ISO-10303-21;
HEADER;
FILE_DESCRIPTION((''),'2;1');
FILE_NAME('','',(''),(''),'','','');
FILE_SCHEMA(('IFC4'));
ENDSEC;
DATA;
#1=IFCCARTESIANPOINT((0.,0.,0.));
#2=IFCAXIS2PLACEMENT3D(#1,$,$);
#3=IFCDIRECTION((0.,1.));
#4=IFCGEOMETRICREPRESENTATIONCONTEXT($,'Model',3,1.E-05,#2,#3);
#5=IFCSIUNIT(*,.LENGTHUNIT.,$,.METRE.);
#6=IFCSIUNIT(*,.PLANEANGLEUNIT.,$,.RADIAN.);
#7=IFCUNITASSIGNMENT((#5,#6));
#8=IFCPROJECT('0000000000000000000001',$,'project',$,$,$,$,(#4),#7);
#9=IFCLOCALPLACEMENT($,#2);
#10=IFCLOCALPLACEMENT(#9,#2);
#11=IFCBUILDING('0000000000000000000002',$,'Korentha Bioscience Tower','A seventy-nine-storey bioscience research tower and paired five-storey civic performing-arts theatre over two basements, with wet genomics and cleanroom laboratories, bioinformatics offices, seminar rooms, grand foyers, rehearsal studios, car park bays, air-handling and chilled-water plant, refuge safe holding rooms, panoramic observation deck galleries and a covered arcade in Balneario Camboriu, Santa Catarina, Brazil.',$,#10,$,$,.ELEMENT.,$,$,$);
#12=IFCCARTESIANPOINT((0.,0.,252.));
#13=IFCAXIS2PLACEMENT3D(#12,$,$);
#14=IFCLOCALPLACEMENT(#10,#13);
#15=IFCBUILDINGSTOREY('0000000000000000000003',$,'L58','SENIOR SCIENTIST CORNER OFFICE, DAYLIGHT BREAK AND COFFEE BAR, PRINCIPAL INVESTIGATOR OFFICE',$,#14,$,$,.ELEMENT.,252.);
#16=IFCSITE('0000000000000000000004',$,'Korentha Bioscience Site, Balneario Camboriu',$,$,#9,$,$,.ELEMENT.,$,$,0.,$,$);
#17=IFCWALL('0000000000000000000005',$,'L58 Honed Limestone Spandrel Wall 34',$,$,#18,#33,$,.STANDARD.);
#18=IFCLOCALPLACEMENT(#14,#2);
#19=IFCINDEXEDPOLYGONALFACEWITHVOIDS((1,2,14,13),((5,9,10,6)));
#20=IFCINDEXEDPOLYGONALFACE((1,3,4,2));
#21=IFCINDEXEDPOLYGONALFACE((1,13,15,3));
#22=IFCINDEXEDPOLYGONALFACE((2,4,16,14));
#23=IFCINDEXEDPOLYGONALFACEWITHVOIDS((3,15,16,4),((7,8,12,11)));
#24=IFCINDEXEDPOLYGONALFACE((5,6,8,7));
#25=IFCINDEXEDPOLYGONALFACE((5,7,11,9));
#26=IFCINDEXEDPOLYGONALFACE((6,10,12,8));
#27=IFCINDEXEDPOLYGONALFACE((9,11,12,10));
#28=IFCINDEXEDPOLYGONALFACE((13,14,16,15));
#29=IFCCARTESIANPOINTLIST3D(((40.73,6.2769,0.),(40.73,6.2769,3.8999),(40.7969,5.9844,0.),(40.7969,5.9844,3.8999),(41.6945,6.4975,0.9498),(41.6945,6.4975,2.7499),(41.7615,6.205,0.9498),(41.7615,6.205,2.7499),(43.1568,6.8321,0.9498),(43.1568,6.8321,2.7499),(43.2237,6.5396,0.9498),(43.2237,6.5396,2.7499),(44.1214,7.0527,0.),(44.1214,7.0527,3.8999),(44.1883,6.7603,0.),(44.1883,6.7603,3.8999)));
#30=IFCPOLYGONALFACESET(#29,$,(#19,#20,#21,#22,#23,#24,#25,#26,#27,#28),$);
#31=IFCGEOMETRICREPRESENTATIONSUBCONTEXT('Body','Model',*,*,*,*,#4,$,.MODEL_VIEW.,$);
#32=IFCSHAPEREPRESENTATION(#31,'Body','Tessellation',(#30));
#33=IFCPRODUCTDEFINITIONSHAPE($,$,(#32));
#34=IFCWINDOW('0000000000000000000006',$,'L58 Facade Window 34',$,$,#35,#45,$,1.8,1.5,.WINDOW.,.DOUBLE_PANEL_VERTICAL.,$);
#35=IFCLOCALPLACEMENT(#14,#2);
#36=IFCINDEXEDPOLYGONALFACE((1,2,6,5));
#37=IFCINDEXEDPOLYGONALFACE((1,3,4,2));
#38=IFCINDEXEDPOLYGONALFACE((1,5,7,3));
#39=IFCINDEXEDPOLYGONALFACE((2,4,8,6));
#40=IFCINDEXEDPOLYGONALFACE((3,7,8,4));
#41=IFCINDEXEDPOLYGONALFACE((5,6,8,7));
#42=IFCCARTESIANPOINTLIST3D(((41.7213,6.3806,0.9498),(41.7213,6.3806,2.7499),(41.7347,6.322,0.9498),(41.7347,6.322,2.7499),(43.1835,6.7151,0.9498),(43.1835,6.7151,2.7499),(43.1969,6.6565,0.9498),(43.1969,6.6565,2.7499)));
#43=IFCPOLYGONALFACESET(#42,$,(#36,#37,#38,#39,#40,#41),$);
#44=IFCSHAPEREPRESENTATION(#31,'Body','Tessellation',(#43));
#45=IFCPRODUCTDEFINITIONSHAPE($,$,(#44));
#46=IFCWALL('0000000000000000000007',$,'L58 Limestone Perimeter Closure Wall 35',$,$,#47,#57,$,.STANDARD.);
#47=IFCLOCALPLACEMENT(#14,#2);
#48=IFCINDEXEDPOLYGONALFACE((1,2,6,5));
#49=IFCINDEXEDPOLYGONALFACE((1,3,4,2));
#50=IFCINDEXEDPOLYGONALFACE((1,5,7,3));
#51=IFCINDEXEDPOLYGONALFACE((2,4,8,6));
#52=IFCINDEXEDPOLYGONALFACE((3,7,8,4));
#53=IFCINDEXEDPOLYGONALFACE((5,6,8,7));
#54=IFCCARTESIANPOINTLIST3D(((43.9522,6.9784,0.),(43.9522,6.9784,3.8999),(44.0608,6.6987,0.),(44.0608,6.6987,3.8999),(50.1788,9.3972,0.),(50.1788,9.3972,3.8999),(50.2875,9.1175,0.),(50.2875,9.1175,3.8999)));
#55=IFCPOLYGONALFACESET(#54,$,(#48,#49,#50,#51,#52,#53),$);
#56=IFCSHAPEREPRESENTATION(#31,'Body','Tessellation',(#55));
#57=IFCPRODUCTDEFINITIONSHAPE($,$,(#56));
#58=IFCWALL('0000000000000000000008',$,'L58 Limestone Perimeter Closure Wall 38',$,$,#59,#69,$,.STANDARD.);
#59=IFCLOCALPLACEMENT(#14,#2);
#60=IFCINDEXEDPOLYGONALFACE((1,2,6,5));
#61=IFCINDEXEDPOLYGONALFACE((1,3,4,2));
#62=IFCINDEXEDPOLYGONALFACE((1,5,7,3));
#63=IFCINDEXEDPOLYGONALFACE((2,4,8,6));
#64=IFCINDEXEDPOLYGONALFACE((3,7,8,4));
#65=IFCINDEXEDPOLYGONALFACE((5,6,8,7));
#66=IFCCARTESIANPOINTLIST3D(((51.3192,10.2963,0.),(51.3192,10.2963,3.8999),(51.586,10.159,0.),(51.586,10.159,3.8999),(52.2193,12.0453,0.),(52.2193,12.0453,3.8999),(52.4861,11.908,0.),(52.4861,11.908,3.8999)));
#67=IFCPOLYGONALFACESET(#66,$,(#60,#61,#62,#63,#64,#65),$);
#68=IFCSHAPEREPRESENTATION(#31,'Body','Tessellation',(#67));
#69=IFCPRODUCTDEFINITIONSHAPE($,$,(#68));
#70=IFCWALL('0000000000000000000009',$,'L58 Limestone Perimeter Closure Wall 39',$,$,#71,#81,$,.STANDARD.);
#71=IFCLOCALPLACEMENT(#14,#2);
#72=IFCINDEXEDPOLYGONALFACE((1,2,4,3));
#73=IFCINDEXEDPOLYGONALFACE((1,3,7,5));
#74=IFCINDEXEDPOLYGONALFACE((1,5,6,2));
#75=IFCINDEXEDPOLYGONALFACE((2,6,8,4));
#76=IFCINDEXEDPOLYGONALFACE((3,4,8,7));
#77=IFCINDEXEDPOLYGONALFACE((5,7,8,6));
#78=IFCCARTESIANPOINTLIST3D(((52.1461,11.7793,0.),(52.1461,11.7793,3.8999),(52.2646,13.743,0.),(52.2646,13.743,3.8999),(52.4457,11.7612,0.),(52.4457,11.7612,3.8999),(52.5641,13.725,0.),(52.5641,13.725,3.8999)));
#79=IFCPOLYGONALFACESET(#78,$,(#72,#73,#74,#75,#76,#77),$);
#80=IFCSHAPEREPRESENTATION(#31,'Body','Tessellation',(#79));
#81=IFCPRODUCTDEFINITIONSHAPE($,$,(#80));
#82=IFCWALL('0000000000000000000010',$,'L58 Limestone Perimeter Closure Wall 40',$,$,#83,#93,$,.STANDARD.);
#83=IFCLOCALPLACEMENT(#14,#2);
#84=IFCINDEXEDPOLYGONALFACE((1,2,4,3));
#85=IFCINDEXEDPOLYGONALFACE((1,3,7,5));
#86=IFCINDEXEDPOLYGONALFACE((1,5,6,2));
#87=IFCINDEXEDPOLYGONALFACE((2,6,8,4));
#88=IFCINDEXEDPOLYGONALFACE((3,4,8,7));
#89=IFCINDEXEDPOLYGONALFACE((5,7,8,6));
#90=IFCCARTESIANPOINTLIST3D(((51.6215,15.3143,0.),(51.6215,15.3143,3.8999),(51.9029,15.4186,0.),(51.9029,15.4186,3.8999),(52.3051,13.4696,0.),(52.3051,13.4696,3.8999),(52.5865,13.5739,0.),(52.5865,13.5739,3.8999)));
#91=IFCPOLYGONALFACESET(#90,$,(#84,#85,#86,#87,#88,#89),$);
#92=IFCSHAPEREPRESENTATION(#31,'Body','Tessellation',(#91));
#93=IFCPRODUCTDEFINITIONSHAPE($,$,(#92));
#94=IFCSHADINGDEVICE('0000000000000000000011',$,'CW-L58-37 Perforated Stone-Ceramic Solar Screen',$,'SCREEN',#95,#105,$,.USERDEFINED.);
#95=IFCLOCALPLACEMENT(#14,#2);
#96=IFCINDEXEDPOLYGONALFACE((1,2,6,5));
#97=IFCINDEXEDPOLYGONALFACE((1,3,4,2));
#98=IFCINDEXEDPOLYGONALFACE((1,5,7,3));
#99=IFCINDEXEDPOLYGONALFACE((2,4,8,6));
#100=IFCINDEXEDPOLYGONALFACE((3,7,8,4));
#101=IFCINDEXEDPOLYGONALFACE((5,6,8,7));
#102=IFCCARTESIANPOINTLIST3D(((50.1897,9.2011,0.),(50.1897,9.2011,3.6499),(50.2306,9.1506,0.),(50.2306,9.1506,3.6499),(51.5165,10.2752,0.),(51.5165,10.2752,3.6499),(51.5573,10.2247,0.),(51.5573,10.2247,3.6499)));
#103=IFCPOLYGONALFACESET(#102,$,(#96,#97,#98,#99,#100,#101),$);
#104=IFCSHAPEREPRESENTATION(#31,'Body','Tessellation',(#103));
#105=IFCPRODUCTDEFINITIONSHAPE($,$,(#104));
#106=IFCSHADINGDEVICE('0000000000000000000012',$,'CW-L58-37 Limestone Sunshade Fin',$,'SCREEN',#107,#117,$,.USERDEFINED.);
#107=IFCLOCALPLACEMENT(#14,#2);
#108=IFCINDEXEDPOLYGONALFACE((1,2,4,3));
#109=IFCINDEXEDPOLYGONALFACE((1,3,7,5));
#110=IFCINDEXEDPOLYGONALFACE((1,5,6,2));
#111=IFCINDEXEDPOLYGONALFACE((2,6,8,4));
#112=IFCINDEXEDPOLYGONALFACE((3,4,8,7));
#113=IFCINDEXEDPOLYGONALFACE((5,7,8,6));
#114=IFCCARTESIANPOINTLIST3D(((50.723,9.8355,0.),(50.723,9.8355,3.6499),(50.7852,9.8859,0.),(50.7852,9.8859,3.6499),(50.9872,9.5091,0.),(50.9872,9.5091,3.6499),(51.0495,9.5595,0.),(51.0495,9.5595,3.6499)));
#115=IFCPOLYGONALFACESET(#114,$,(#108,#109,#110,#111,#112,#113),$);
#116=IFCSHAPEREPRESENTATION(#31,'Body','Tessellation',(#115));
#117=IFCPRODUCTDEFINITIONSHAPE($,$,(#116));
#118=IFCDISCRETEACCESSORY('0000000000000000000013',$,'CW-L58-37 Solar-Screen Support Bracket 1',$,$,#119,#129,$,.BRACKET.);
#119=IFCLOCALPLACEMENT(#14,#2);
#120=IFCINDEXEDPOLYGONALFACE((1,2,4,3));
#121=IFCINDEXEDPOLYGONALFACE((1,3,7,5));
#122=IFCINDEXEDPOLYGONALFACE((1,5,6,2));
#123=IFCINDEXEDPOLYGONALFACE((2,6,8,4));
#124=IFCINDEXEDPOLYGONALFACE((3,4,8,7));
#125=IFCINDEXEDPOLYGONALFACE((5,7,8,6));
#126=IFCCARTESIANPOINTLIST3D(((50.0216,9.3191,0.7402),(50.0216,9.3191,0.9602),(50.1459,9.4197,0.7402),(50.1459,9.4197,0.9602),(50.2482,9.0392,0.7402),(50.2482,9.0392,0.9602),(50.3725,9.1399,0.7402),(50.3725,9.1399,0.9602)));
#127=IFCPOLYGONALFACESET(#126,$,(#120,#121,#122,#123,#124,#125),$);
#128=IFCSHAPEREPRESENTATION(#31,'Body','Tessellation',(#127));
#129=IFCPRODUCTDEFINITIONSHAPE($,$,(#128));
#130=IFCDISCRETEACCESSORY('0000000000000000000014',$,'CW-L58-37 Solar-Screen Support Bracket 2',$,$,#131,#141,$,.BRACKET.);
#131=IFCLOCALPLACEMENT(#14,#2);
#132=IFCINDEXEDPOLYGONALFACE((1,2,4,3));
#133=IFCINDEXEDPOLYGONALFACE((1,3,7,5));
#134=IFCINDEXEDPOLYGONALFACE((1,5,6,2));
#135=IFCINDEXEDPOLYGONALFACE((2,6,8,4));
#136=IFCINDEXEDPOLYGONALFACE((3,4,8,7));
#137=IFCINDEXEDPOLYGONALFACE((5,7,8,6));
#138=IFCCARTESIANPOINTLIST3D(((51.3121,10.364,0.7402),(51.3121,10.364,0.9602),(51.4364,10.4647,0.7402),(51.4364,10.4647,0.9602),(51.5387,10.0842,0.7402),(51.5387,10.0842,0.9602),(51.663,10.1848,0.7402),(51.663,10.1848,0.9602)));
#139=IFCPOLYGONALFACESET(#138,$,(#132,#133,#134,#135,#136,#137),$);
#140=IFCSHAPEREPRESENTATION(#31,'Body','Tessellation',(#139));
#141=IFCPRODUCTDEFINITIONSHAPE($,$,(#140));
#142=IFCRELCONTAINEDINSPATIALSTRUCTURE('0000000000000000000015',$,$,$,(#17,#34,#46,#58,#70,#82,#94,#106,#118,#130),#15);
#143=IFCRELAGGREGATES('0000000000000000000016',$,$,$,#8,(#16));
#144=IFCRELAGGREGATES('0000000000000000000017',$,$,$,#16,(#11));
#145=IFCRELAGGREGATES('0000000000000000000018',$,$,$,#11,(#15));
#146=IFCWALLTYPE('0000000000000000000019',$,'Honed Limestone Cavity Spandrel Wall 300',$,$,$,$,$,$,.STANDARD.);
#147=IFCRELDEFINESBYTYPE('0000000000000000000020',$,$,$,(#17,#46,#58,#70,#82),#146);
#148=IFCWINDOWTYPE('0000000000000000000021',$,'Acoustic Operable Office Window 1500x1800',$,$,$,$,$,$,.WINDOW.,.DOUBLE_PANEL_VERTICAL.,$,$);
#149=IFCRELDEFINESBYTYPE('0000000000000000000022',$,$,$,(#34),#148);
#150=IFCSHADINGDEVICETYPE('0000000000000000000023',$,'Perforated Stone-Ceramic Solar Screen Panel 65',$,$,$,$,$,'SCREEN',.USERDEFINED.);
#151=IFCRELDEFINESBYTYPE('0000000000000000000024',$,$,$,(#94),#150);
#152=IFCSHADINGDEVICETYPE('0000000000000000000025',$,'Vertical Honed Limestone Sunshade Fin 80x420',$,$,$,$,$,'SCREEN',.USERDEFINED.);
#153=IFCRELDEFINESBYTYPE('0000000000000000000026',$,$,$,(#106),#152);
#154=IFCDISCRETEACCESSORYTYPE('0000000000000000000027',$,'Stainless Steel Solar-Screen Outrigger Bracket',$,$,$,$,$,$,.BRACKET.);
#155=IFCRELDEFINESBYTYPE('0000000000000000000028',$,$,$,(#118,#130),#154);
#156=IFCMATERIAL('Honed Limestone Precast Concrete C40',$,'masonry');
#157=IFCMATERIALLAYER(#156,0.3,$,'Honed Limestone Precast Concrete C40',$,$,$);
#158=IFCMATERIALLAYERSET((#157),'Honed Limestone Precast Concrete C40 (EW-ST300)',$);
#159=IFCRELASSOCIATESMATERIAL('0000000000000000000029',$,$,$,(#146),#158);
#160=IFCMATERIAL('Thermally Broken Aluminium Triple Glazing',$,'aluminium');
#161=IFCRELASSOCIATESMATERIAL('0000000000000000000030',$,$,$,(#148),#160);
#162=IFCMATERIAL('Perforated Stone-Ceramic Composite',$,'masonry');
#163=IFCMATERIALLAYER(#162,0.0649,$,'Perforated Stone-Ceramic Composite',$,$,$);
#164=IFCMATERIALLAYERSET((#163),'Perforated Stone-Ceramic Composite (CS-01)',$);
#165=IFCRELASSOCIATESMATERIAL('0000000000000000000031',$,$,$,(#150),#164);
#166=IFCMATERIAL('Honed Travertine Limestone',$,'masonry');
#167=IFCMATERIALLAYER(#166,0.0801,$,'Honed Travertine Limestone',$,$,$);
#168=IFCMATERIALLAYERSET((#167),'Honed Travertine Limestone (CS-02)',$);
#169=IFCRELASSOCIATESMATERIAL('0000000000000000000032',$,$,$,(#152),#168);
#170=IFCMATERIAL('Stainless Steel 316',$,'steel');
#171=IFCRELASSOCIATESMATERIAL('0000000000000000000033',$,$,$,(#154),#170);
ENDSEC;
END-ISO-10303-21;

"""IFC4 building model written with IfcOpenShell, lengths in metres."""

from ifc_helpers import new_model, si_unit, direction, frame, frame_2d, origin, origin_2d, place, context, subcontext, project, spatial, rectangle, extrude, material, layer, layer_set, type_object, element, fill, save


model = new_model("IFC4")

# Units and contexts
model_context = context("Model", 3, precision=1e-05, world=origin(), true_north=direction((0.0, 1.0)))
body_context = subcontext(model_context, "Body", "Model", "MODEL_VIEW")
ifc_project = project(units=[si_unit("LENGTHUNIT", "METRE"), si_unit("PLANEANGLEUNIT", "RADIAN")], contexts=[model_context])

# Site, building, storey
site_placement = place(None, origin())
site = spatial("IfcSite", under=ifc_project, at=site_placement, Name="Korentha Bioscience Site, Balneario Camboriu", CompositionType="ELEMENT", RefElevation=0.0)
building_placement = place(site_placement, origin())
building = spatial("IfcBuilding", under=site, at=building_placement, Name="Korentha Bioscience Tower", Description="A seventy-nine-storey bioscience research tower and paired five-storey civic performing-arts theatre over two basements, with wet genomics and cleanroom laboratories, bioinformatics offices, seminar rooms, grand foyers, rehearsal studios, car park bays, air-handling and chilled-water plant, refuge safe holding rooms, panoramic observation deck galleries and a covered arcade in Balneario Camboriu, Santa Catarina, Brazil.", CompositionType="ELEMENT")
storey_placement = place(building_placement, frame((0.0, 0.0, 252.0)))
storey = spatial("IfcBuildingStorey", under=building, at=storey_placement, Name="L58", Description="SENIOR SCIENTIST CORNER OFFICE, DAYLIGHT BREAK AND COFFEE BAR, PRINCIPAL INVESTIGATOR OFFICE", CompositionType="ELEMENT", Elevation=252.0)

# Wall, opening, window
ifc_material_1 = material(Name="Honed Limestone Precast Concrete C40", Category="masonry")
ifc_layer_1 = layer(ifc_material_1, 0.3, Name="Honed Limestone Precast Concrete C40")
ifc_layer_set_1 = layer_set([ifc_layer_1], Name="Honed Limestone Precast Concrete C40 (EW-ST300)")
wall_type_1 = type_object("IfcWallType", Name="Honed Limestone Cavity Spandrel Wall 300", PredefinedType="STANDARD", material=ifc_layer_set_1)
wall_1_placement = place(storey_placement, frame((40.7634, 6.1306, 0.0), z_axis=(0.0, 0.0, 1.0), x_axis=(0.974814, 0.223019, 0.0)))
wall_1 = element("IfcWall", 1, at=wall_1_placement, inside=storey, type_object=wall_type_1, Name="L58 Honed Limestone Spandrel Wall 34", PredefinedType="STANDARD", context=body_context, shape_type="SweptSolid", body=[
    extrude(rectangle(XDim=3.479, YDim=0.3, at=frame_2d((1.7395, 0.0))), origin(), (0.0, 0.0, 1.0), 3.8999),
])
opening_1_placement = place(wall_1_placement, frame((0.9895, 0.0, 0.95)))
opening_1 = element("IfcOpeningElement", 2, at=opening_1_placement, cuts=wall_1, PredefinedType="OPENING", context=body_context, shape_type="SweptSolid", body=[
    extrude(rectangle(XDim=1.5, YDim=1.8, at=frame_2d((0.75, 0.8999))), frame((0.0, 0.165, 0.0), z_axis=(0.0, -1.0, 0.0), x_axis=(1.0, 0.0, 0.0)), (0.0, 0.0, 1.0), 0.3298),
])
ifc_material_2 = material(Name="Thermally Broken Aluminium Triple Glazing", Category="aluminium")
window_type = type_object("IfcWindowType", Name="Acoustic Operable Office Window 1500x1800", PartitioningType="DOUBLE_PANEL_VERTICAL", PredefinedType="WINDOW", material=ifc_material_2)
window_placement = place(opening_1_placement, origin())
window = element("IfcWindow", 3, at=window_placement, inside=storey, type_object=window_type, Name="L58 Facade Window 34", OverallHeight=1.8, OverallWidth=1.5, PartitioningType="DOUBLE_PANEL_VERTICAL", PredefinedType="WINDOW", context=body_context, shape_type="SweptSolid", body=[
    extrude(rectangle(XDim=1.5, YDim=1.8, at=frame_2d((0.75, 0.8999))), frame((0.0, 0.03, 0.0), z_axis=(0.0, -1.0, 0.0), x_axis=(1.0, 0.0, 0.0)), (0.0, 0.0, 1.0), 0.0601),
])
fill(opening_1, window)

# Walls
wall_2_placement = place(storey_placement, frame((44.0066, 6.8386, 0.0), z_axis=(0.0, 0.0, 1.0), x_axis=(0.932143, 0.36209, 0.0)))
element("IfcWall", 4, at=wall_2_placement, inside=storey, type_object=wall_type_1, Name="L58 Limestone Perimeter Closure Wall 35", PredefinedType="STANDARD", context=body_context, shape_type="SweptSolid", body=[
    extrude(rectangle(XDim=6.6799, YDim=0.3, at=frame_2d((3.3398, 0.0))), origin(), (0.0, 0.0, 1.0), 3.8999),
])
wall_3_placement = place(storey_placement, frame((51.4526, 10.2278, 0.0), z_axis=(0.0, 0.0, 1.0), x_axis=(0.457609, 0.889154, 0.0)))
element("IfcWall", 5, at=wall_3_placement, inside=storey, type_object=wall_type_1, Name="L58 Limestone Perimeter Closure Wall 38", PredefinedType="STANDARD", context=body_context, shape_type="SweptSolid", body=[
    extrude(rectangle(XDim=1.967, YDim=0.3, at=frame_2d((0.9834, 0.0))), origin(), (0.0, 0.0, 1.0), 3.8999),
])
for number, where, z_axis, x_axis, name in (
    (6, (52.2959, 11.7703, 0.0), (0.0, 0.0, 1.0), (0.060192, 0.998187, 0.0), "L58 Limestone Perimeter Closure Wall 39"),
    (7, (52.4458, 13.5217, 0.0), (0.0, 0.0, 1.0), (-0.347476, 0.937689, 0.0), "L58 Limestone Perimeter Closure Wall 40"),
):
    element("IfcWall", number, at=place(storey_placement, frame(where, z_axis=z_axis, x_axis=x_axis)), inside=storey, type_object=wall_type_1, Name=name, PredefinedType="STANDARD", context=body_context, shape_type="SweptSolid", body=[
        extrude(rectangle(XDim=1.9673, YDim=0.3, at=frame_2d((0.9836, 0.0))), origin(), (0.0, 0.0, 1.0), 3.8999),
    ])

# Shading devices
ifc_material_3 = material(Name="Perforated Stone-Ceramic Composite", Category="masonry")
ifc_layer_2 = layer(ifc_material_3, 0.0649, Name="Perforated Stone-Ceramic Composite")
ifc_layer_set_2 = layer_set([ifc_layer_2], Name="Perforated Stone-Ceramic Composite (CS-01)")
shading_device_type_1 = type_object("IfcShadingDeviceType", Name="Perforated Stone-Ceramic Solar Screen Panel 65", ElementType="SCREEN", PredefinedType="USERDEFINED", material=ifc_layer_set_2)
shading_device_1_placement = place(storey_placement, frame((50.8735, 9.7129, 0.0), z_axis=(0.0, 0.0, 1.0), x_axis=(0.777226, 0.629221, 0.0)))
element("IfcShadingDevice", 8, at=shading_device_1_placement, inside=storey, type_object=shading_device_type_1, Name="CW-L58-37 Perforated Stone-Ceramic Solar Screen", ObjectType="SCREEN", PredefinedType="USERDEFINED", context=body_context, shape_type="SweptSolid", body=[
    extrude(rectangle(XDim=1.707, YDim=0.0649, at=origin_2d()), origin(), (0.0, 0.0, 1.0), 3.6499),
])
ifc_material_4 = material(Name="Honed Travertine Limestone", Category="masonry")
ifc_layer_3 = layer(ifc_material_4, 0.0801, Name="Honed Travertine Limestone")
ifc_layer_set_3 = layer_set([ifc_layer_3], Name="Honed Travertine Limestone (CS-02)")
shading_device_type_2 = type_object("IfcShadingDeviceType", Name="Vertical Honed Limestone Sunshade Fin 80x420", ElementType="SCREEN", PredefinedType="USERDEFINED", material=ifc_layer_set_3)
shading_device_2_placement = place(storey_placement, frame((50.8862, 9.6975, 0.0), z_axis=(0.0, 0.0, 1.0), x_axis=(0.777226, 0.629221, 0.0)))
element("IfcShadingDevice", 9, at=shading_device_2_placement, inside=storey, type_object=shading_device_type_2, Name="CW-L58-37 Limestone Sunshade Fin", ObjectType="SCREEN", PredefinedType="USERDEFINED", context=body_context, shape_type="SweptSolid", body=[
    extrude(rectangle(XDim=0.0801, YDim=0.4199, at=origin_2d()), origin(), (0.0, 0.0, 1.0), 3.6499),
])

# Discrete accessories
ifc_material_5 = material(Name="Stainless Steel 316", Category="steel")
discrete_accessory_type = type_object("IfcDiscreteAccessoryType", Name="Stainless Steel Solar-Screen Outrigger Bracket", PredefinedType="BRACKET", material=ifc_material_5)
for number, where, z_axis, x_axis, name in (
    (10, (50.197, 9.2295, 0.7402), (0.0, 0.0, 1.0), (0.777226, 0.629221, 0.0), "CW-L58-37 Solar-Screen Support Bracket 1"),
    (11, (51.4875, 10.2744, 0.7402), (0.0, 0.0, 1.0), (0.777226, 0.629221, 0.0), "CW-L58-37 Solar-Screen Support Bracket 2"),
):
    element("IfcDiscreteAccessory", number, at=place(storey_placement, frame(where, z_axis=z_axis, x_axis=x_axis)), inside=storey, type_object=discrete_accessory_type, Name=name, PredefinedType="BRACKET", context=body_context, shape_type="SweptSolid", body=[
        extrude(rectangle(XDim=0.1599, YDim=0.3601, at=origin_2d()), origin(), (0.0, 0.0, 1.0), 0.22),
    ])

save(model, "model.ifc")
